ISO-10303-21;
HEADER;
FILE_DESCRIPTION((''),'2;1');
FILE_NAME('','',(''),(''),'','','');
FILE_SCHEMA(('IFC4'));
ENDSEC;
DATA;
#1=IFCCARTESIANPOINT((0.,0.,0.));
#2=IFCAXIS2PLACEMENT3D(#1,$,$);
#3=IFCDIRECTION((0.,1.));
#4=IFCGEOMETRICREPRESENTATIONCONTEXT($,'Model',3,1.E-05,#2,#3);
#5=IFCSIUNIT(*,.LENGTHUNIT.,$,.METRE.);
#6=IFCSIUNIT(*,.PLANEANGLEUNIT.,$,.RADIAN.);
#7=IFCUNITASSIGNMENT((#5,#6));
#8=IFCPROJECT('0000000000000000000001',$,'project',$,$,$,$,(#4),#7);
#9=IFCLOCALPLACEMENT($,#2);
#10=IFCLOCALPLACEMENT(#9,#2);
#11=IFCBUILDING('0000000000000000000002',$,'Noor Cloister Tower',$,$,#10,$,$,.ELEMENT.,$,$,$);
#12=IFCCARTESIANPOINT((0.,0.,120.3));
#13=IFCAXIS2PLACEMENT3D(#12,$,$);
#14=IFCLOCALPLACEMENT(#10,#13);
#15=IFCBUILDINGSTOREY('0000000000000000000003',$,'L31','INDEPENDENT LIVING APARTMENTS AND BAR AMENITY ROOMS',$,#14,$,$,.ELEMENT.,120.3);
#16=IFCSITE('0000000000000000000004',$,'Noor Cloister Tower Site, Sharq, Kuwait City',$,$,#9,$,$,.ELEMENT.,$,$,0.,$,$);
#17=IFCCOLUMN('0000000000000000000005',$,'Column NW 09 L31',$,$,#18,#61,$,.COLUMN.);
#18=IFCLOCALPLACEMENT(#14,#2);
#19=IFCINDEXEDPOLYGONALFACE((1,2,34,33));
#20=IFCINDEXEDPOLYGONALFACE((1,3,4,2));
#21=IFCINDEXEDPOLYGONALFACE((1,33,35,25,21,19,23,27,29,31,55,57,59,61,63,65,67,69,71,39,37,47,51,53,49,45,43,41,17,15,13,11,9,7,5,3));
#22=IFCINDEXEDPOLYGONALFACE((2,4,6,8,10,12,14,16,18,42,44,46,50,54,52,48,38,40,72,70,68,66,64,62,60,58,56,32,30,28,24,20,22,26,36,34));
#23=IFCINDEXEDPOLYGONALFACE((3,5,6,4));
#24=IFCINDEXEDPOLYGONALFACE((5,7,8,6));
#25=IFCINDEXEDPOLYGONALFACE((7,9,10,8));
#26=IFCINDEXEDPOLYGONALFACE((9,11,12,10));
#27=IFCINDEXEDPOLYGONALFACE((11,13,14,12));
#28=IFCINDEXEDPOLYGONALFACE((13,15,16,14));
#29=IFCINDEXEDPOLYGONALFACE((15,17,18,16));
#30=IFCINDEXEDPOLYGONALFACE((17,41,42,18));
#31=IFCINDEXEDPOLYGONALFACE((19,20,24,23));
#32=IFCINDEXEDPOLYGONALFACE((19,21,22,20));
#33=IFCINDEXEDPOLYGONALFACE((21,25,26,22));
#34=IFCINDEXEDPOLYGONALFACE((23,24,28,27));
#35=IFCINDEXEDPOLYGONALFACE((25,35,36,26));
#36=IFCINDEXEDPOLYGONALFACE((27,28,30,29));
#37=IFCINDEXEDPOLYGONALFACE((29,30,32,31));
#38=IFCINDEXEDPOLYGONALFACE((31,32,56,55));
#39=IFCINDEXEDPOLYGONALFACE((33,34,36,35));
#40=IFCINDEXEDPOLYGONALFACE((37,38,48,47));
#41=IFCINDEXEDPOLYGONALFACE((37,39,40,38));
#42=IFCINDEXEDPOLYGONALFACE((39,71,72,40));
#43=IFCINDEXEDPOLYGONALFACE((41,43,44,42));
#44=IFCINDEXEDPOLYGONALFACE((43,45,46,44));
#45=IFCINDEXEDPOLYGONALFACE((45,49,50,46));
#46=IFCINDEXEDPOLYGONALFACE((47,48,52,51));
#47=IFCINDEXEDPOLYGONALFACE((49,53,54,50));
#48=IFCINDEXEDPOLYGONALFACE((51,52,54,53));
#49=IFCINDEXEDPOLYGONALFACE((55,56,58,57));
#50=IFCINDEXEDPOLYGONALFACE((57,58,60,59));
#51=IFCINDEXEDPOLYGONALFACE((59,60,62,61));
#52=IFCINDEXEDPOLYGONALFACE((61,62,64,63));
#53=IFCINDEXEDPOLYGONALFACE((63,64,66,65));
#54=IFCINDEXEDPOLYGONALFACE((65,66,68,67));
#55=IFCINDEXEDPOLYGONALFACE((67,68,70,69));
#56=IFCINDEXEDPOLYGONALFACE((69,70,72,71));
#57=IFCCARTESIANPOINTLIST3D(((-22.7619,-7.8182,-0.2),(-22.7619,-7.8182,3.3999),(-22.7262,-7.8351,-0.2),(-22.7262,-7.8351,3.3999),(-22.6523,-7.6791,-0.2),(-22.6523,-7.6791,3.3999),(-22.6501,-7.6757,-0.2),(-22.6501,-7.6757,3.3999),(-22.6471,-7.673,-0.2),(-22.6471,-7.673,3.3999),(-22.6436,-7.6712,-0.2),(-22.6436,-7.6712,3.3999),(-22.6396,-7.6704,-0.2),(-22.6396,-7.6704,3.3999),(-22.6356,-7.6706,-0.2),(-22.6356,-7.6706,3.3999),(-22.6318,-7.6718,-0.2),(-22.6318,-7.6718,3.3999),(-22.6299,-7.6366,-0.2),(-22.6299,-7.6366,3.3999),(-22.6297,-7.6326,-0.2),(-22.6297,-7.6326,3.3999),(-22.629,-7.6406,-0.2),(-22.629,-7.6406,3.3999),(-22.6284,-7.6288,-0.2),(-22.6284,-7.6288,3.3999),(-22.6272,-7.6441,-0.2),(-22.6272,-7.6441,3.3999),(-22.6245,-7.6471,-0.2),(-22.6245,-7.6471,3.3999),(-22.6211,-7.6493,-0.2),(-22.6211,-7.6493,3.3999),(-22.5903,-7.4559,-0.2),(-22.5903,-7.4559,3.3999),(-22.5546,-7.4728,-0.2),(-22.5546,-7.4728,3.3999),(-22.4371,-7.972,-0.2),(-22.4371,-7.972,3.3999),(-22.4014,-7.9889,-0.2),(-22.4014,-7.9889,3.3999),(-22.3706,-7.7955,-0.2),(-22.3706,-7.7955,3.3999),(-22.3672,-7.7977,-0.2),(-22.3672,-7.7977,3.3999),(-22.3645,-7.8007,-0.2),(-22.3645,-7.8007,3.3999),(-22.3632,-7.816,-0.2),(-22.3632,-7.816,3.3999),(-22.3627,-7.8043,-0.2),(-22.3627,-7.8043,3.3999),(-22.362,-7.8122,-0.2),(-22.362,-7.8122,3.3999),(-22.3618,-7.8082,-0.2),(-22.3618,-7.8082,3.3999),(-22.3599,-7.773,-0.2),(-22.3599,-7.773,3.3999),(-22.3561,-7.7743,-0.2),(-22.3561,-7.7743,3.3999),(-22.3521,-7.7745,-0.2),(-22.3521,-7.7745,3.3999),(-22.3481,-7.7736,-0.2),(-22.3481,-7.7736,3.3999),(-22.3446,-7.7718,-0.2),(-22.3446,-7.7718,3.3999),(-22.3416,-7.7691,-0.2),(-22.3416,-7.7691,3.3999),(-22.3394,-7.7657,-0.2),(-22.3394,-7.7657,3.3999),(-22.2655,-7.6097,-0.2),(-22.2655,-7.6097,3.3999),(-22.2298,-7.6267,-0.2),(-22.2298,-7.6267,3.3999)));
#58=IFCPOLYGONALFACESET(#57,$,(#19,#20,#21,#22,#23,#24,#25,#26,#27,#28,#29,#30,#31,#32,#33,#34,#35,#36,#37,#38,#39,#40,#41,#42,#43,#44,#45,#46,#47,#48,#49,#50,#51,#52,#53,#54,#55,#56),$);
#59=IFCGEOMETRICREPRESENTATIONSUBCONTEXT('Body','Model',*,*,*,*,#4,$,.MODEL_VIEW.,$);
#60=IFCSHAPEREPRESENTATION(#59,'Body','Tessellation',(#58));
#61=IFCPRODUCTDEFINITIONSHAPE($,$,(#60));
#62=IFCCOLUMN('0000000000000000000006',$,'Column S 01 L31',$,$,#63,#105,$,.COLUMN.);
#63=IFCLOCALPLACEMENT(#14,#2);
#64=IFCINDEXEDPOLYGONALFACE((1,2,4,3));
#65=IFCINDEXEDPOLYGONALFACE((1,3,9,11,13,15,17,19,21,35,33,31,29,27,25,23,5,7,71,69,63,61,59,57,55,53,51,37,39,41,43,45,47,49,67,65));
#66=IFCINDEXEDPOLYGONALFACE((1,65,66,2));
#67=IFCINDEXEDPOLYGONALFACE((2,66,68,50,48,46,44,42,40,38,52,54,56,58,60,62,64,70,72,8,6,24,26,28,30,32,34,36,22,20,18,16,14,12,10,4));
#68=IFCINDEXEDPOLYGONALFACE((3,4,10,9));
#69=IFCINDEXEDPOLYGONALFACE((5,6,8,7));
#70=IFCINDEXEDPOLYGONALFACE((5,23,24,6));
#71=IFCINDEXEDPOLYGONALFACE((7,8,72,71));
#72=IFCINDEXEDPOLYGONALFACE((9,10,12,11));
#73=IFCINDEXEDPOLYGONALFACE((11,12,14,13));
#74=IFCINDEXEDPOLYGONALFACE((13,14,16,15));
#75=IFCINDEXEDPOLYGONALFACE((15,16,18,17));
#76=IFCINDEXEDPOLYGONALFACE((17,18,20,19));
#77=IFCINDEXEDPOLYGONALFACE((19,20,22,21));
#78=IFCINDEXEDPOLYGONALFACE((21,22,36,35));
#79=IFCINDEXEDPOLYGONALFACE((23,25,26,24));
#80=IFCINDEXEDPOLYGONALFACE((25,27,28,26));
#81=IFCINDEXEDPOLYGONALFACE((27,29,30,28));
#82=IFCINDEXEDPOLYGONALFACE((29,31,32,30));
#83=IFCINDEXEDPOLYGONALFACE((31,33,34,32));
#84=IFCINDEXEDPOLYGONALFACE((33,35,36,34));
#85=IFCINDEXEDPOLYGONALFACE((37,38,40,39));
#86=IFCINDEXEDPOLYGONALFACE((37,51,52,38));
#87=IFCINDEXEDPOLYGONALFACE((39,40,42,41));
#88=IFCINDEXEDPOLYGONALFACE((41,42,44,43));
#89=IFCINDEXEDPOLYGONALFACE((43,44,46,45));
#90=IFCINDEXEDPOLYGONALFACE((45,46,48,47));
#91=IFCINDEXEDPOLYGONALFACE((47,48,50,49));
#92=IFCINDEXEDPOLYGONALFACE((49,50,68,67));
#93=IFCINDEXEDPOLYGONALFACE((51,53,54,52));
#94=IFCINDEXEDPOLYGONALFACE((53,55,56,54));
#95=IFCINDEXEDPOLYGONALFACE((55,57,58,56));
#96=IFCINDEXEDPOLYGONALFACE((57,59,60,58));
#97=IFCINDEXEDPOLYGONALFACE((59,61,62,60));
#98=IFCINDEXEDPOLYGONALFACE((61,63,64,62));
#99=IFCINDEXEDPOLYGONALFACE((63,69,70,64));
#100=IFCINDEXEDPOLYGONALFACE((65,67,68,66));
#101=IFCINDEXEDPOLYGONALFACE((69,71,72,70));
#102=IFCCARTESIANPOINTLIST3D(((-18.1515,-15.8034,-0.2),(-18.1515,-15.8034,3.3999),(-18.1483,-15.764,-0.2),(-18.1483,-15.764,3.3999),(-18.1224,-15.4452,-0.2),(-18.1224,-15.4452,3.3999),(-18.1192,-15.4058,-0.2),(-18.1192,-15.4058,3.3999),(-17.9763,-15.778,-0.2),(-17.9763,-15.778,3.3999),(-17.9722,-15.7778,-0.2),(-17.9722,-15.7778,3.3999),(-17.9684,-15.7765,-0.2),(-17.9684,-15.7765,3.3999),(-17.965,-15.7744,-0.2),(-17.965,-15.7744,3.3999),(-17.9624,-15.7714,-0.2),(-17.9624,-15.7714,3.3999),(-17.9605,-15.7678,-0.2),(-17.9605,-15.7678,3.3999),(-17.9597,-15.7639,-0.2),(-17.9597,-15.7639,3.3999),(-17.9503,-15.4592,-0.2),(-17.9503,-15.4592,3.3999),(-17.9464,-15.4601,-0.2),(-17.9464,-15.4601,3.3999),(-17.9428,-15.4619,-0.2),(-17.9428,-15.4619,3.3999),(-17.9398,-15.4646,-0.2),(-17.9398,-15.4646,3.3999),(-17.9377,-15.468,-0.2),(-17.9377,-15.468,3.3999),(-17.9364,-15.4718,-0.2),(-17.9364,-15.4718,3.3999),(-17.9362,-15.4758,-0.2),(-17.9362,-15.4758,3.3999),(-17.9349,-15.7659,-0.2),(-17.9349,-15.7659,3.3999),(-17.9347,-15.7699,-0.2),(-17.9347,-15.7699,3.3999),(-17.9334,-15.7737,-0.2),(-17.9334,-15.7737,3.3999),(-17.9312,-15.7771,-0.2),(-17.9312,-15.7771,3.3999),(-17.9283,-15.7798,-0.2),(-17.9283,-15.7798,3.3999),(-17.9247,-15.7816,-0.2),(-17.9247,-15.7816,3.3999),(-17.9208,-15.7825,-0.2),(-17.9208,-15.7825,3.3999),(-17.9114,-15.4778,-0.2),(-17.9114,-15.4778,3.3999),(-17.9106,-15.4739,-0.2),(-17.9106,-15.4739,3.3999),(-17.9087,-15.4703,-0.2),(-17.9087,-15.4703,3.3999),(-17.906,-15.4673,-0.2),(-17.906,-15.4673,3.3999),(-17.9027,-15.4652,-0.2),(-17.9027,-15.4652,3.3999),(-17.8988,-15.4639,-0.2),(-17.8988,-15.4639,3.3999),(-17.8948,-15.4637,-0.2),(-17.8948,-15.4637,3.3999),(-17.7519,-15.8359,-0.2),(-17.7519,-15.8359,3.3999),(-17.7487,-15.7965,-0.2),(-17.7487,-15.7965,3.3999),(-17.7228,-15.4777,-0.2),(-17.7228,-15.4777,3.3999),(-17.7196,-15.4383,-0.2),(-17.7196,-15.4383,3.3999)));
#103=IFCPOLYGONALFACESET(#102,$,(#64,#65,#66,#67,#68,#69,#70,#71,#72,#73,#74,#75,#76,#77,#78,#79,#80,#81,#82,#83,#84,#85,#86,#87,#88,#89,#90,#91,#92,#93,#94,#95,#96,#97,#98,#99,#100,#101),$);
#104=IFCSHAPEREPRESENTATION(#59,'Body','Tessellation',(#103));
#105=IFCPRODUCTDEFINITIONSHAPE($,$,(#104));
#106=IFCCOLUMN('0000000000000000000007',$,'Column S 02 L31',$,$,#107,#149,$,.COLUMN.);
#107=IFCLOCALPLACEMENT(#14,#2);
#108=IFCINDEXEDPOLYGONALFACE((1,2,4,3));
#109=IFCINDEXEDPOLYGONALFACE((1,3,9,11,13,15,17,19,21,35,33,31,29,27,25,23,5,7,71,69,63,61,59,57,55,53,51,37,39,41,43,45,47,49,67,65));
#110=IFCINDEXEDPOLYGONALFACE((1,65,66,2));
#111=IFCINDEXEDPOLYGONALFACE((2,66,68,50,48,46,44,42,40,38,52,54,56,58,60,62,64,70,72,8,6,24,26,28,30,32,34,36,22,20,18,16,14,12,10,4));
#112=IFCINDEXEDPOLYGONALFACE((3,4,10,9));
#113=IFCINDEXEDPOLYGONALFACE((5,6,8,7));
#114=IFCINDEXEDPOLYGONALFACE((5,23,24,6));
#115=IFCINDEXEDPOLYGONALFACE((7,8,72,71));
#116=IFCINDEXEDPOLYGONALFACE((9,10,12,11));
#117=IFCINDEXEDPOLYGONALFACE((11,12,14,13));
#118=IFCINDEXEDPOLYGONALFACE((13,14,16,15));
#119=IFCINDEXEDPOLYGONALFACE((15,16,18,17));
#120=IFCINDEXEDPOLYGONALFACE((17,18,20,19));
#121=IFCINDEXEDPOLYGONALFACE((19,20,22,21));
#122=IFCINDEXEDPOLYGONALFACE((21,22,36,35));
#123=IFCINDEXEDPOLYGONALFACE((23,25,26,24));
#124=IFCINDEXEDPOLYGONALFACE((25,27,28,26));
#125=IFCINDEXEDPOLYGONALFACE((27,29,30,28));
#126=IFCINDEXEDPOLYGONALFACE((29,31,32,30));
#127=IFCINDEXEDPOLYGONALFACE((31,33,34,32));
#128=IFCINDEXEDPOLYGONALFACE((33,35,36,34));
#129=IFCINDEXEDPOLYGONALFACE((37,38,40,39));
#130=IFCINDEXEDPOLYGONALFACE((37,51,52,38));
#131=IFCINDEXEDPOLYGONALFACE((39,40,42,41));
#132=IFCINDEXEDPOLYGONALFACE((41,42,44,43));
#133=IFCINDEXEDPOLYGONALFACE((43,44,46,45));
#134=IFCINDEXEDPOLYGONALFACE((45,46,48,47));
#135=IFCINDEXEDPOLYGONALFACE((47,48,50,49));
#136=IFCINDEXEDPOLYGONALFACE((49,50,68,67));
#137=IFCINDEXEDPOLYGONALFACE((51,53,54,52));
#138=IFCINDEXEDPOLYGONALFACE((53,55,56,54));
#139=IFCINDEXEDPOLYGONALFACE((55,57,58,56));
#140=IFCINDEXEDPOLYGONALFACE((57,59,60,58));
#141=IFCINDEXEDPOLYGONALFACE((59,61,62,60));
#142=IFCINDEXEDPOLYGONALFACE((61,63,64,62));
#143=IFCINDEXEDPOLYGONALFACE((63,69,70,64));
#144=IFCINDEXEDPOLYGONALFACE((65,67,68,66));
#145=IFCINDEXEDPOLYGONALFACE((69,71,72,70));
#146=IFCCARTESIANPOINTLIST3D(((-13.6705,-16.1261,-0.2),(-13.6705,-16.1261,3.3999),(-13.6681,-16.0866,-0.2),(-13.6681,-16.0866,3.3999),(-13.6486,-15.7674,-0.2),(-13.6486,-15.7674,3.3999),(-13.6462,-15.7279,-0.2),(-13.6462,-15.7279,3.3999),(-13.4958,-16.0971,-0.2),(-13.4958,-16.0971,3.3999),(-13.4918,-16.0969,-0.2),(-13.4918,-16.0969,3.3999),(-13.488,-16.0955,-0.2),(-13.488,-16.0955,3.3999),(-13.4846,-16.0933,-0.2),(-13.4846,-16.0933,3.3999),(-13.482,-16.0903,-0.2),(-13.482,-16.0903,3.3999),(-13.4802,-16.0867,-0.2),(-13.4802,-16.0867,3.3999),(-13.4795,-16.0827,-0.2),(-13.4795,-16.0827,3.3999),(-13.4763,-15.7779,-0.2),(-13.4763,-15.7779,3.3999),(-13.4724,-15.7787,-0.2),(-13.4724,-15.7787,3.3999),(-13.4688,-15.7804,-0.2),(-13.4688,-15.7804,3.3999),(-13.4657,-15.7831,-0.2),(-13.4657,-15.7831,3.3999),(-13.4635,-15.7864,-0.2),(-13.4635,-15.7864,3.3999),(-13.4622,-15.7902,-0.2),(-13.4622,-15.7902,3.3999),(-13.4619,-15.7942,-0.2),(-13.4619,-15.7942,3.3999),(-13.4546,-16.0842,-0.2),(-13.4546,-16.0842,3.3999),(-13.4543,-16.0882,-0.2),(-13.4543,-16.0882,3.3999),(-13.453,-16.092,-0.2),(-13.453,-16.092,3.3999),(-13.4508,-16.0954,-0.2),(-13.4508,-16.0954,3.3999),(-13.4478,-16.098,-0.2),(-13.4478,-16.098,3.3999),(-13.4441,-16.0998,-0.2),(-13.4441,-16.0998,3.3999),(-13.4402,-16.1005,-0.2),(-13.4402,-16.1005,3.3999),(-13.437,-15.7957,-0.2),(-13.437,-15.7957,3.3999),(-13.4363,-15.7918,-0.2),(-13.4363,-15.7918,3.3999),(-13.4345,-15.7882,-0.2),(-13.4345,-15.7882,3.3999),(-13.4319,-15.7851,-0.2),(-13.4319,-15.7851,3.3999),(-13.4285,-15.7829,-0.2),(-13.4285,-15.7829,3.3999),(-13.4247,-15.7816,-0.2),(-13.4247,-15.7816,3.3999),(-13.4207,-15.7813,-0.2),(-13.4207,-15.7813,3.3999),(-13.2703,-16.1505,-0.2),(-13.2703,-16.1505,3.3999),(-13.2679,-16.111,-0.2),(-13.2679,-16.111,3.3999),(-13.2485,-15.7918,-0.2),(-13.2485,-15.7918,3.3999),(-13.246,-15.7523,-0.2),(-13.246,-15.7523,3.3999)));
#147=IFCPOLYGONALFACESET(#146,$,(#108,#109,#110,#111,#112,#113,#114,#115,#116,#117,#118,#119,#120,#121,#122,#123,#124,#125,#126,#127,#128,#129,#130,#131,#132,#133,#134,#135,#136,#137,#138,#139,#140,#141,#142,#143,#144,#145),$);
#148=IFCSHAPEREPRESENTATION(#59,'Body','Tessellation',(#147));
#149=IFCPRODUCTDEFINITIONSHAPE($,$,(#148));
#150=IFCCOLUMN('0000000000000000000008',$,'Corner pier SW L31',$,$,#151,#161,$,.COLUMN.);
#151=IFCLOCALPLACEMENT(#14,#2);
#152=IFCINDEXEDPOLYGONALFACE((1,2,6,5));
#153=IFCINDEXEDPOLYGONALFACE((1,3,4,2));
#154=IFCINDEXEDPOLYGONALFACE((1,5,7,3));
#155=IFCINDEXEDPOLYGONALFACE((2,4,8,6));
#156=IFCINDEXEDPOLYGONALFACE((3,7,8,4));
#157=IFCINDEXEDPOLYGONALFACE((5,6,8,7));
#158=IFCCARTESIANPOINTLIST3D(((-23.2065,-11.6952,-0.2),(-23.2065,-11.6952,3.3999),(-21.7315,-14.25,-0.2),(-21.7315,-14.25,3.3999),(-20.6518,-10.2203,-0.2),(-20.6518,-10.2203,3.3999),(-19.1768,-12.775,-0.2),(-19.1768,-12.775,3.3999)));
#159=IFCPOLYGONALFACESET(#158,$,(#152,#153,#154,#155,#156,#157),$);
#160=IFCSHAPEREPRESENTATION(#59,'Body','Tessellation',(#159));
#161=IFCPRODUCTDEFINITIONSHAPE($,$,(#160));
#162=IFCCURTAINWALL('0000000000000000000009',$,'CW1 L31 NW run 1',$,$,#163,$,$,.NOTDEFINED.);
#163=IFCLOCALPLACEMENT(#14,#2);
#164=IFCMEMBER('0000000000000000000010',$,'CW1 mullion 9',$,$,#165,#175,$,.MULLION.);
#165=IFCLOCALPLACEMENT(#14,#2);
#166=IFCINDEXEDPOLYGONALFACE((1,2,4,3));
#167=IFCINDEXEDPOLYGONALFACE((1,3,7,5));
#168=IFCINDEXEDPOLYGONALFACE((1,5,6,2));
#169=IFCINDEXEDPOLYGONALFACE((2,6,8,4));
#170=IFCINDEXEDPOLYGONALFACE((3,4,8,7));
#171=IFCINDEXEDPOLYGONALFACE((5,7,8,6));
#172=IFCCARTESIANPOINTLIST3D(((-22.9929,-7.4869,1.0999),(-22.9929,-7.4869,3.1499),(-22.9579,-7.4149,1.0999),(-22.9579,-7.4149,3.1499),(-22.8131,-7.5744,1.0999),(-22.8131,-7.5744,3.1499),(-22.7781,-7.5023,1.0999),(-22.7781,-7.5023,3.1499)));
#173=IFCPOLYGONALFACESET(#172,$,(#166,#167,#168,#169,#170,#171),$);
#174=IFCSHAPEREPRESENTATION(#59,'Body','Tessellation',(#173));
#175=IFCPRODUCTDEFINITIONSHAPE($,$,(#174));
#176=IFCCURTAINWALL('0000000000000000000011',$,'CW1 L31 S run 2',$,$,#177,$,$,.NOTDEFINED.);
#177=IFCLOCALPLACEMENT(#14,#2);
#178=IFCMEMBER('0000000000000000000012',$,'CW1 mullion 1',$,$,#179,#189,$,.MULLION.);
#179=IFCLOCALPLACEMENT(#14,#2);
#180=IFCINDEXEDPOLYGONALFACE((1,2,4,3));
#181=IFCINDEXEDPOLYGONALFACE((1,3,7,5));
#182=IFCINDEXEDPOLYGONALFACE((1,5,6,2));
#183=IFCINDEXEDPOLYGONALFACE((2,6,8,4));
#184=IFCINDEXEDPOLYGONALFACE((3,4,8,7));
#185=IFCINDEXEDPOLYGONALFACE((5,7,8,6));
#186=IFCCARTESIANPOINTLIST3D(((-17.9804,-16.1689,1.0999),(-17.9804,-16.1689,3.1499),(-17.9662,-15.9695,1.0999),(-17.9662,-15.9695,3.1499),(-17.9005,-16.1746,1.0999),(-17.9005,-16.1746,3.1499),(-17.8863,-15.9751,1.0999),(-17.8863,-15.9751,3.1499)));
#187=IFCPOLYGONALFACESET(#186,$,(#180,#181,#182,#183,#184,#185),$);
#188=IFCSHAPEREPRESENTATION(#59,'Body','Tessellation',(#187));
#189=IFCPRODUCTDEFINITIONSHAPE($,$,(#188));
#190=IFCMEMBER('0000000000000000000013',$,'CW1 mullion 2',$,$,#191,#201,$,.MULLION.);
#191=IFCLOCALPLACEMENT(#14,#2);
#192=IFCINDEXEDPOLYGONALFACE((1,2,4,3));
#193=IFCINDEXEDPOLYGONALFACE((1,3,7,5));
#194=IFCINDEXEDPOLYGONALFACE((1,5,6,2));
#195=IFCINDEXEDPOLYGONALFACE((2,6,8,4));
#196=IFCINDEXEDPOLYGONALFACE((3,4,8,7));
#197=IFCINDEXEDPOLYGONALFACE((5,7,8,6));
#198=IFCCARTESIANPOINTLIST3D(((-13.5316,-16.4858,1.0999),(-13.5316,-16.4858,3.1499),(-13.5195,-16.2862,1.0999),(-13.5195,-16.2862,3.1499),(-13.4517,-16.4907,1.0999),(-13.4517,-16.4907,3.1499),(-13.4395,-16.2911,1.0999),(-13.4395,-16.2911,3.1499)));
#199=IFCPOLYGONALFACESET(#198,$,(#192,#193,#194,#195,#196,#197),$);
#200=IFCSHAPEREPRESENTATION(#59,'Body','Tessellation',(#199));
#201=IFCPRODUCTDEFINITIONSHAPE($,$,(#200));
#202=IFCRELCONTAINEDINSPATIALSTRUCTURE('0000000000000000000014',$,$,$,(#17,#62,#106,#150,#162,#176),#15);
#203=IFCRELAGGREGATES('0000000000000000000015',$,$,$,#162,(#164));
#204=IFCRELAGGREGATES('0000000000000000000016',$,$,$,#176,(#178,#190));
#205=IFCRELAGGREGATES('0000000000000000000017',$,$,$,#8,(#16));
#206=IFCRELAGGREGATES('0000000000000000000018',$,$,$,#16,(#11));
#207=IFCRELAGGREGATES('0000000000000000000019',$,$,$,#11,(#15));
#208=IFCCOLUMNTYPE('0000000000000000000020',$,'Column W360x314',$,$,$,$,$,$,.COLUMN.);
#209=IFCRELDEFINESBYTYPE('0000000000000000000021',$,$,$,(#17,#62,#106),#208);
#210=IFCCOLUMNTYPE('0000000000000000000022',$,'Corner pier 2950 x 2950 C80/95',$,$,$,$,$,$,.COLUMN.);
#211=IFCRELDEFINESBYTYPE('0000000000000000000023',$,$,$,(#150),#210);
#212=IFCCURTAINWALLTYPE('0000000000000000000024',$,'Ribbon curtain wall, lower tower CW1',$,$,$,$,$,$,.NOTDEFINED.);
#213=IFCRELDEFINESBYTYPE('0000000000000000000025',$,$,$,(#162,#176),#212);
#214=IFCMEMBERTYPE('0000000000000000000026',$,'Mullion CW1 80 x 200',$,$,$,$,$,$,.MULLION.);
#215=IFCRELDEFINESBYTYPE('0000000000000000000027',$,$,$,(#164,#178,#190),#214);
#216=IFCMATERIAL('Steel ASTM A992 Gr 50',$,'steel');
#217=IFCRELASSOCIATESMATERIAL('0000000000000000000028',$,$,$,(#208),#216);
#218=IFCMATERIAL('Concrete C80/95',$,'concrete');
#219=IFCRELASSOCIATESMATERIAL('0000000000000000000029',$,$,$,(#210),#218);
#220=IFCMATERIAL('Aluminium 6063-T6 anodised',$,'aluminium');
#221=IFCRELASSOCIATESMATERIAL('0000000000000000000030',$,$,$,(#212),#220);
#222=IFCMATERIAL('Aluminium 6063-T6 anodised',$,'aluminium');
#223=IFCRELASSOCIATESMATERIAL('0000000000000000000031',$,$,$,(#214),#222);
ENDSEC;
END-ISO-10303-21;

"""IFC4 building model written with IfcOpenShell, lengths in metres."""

from ifc_helpers import new_model, si_unit, direction, frame, origin, origin_2d, place, context, subcontext, project, spatial, rectangle, i_section, extrude, material, material_profile, profile_set, type_object, element, aggregate, save


model = new_model("IFC4")

# Units and contexts
model_context = context("Model", 3, precision=1e-05, world=origin(), true_north=direction((0.0, 1.0)))
body_context = subcontext(model_context, "Body", "Model", "MODEL_VIEW")
ifc_project = project(units=[si_unit("LENGTHUNIT", "METRE"), si_unit("PLANEANGLEUNIT", "RADIAN")], contexts=[model_context])

# Site, building, storey
site_placement = place(None, origin())
site = spatial("IfcSite", under=ifc_project, at=site_placement, Name="Noor Cloister Tower Site, Sharq, Kuwait City", CompositionType="ELEMENT", RefElevation=0.0)
building_placement = place(site_placement, origin())
building = spatial("IfcBuilding", under=site, at=building_placement, Name="Noor Cloister Tower", CompositionType="ELEMENT")
storey_placement = place(building_placement, frame((0.0, 0.0, 120.3)))
storey = spatial("IfcBuildingStorey", under=building, at=storey_placement, Name="L31", Description="INDEPENDENT LIVING APARTMENTS AND BAR AMENITY ROOMS", CompositionType="ELEMENT", Elevation=120.3)

# Columns
ifc_material_1 = material(Name="Steel ASTM A992 Gr 50", Category="steel")
ifc_material_profile_1 = material_profile(ifc_material_1, i_section(OverallWidth=0.4009, OverallDepth=0.3989, WebThickness=0.0249, FlangeThickness=0.0396, FilletRadius=0.0154, at=origin_2d()), Name="W360x314")
ifc_profile_set_1 = profile_set([ifc_material_profile_1], Name="Steel ASTM A992 Gr 50")
column_type_1 = type_object("IfcColumnType", Name="Column W360x314", PredefinedType="COLUMN", material=ifc_profile_set_1)
for number, where, z_axis, x_axis, name in (
    (1, (-22.4958, -7.7224, -0.2), (0.0, 0.0, 1.0), (-0.428127, -0.903718, 0.0), "Column NW 09 L31"),
    (2, (-17.9355, -15.6208, -0.2), (0.0, 0.0, 1.0), (0.996707, -0.08109, 0.0), "Column S 01 L31"),
    (3, (-13.4583, -15.9392, -0.2), (0.0, 0.0, 1.0), (0.998147, -0.060847, 0.0), "Column S 02 L31"),
):
    element("IfcColumn", number, at=place(storey_placement, frame(where, z_axis=z_axis, x_axis=x_axis)), inside=storey, type_object=column_type_1, Name=name, PredefinedType="COLUMN", context=body_context, shape_type="SweptSolid", body=[
        extrude(i_section(OverallWidth=0.4009, OverallDepth=0.3989, WebThickness=0.0249, FlangeThickness=0.0396, FilletRadius=0.0154, at=origin_2d()), origin(), (0.0, 0.0, 1.0), 3.5999),
    ])
ifc_material_2 = material(Name="Concrete C80/95", Category="concrete")
ifc_material_profile_2 = material_profile(ifc_material_2, rectangle(XDim=2.95, YDim=2.95, at=origin_2d()), Name="RC 2950x2950")
ifc_profile_set_2 = profile_set([ifc_material_profile_2], Name="Concrete C80/95")
column_type_2 = type_object("IfcColumnType", Name="Corner pier 2950 x 2950 C80/95", PredefinedType="COLUMN", material=ifc_profile_set_2)
column_placement = place(storey_placement, frame((-21.1917, -12.2351, -0.2), z_axis=(0.0, 0.0, 1.0), x_axis=(-0.866025, -0.5, 0.0)))
element("IfcColumn", 4, at=column_placement, inside=storey, type_object=column_type_2, Name="Corner pier SW L31", PredefinedType="COLUMN", context=body_context, shape_type="SweptSolid", body=[
    extrude(rectangle(XDim=2.95, YDim=2.95, at=origin_2d()), origin(), (0.0, 0.0, 1.0), 3.5999),
])

# Curtain wall, member
ifc_material_3 = material(Name="Aluminium 6063-T6 anodised", Category="aluminium")
curtain_wall_type = type_object("IfcCurtainWallType", Name="Ribbon curtain wall, lower tower CW1", PredefinedType="NOTDEFINED", material=ifc_material_3)
curtain_wall_1_placement = place(storey_placement, origin())
curtain_wall_1 = element("IfcCurtainWall", 5, at=curtain_wall_1_placement, inside=storey, type_object=curtain_wall_type, Name="CW1 L31 NW run 1", PredefinedType="NOTDEFINED")
ifc_material_4 = material(Name="Aluminium 6063-T6 anodised", Category="aluminium")
ifc_material_profile_3 = material_profile(ifc_material_4, rectangle(XDim=0.2, YDim=0.0801, at=origin_2d()), Name="200 x 80 mullion")
ifc_profile_set_3 = profile_set([ifc_material_profile_3], Name="Aluminium 6063-T6 anodised")
member_type = type_object("IfcMemberType", Name="Mullion CW1 80 x 200", PredefinedType="MULLION", material=ifc_profile_set_3)
member_1_placement = place(storey_placement, frame((-22.8855, -7.4946, 1.0999), z_axis=(0.0, 0.0, 1.0), x_axis=(0.899328, -0.437276, 0.0)))
member_1 = element("IfcMember", 6, at=member_1_placement, type_object=member_type, Name="CW1 mullion 9", PredefinedType="MULLION", context=body_context, shape_type="SweptSolid", body=[
    extrude(rectangle(XDim=0.2, YDim=0.0801, at=origin_2d()), origin(), (0.0, 0.0, 1.0), 2.05),
])
aggregate(curtain_wall_1, [member_1])

# Curtain wall, members
curtain_wall_2_placement = place(storey_placement, origin())
curtain_wall_2 = element("IfcCurtainWall", 7, at=curtain_wall_2_placement, inside=storey, type_object=curtain_wall_type, Name="CW1 L31 S run 2", PredefinedType="NOTDEFINED")
member_2_placement = place(storey_placement, frame((-17.9333, -16.072, 1.0999), z_axis=(0.0, 0.0, 1.0), x_axis=(0.070972, 0.997478, 0.0)))
member_2 = element("IfcMember", 8, at=member_2_placement, type_object=member_type, Name="CW1 mullion 1", PredefinedType="MULLION", context=body_context, shape_type="SweptSolid", body=[
    extrude(rectangle(XDim=0.2, YDim=0.0801, at=origin_2d()), origin(), (0.0, 0.0, 1.0), 2.05),
])
member_3_placement = place(storey_placement, frame((-13.4856, -16.3884, 1.0999), z_axis=(0.0, 0.0, 1.0), x_axis=(0.060847, 0.998147, 0.0)))
member_3 = element("IfcMember", 9, at=member_3_placement, type_object=member_type, Name="CW1 mullion 2", PredefinedType="MULLION", context=body_context, shape_type="SweptSolid", body=[
    extrude(rectangle(XDim=0.2, YDim=0.0801, at=origin_2d()), origin(), (0.0, 0.0, 1.0), 2.05),
])

aggregate(curtain_wall_2, [member_2, member_3])

save(model, "model.ifc")
